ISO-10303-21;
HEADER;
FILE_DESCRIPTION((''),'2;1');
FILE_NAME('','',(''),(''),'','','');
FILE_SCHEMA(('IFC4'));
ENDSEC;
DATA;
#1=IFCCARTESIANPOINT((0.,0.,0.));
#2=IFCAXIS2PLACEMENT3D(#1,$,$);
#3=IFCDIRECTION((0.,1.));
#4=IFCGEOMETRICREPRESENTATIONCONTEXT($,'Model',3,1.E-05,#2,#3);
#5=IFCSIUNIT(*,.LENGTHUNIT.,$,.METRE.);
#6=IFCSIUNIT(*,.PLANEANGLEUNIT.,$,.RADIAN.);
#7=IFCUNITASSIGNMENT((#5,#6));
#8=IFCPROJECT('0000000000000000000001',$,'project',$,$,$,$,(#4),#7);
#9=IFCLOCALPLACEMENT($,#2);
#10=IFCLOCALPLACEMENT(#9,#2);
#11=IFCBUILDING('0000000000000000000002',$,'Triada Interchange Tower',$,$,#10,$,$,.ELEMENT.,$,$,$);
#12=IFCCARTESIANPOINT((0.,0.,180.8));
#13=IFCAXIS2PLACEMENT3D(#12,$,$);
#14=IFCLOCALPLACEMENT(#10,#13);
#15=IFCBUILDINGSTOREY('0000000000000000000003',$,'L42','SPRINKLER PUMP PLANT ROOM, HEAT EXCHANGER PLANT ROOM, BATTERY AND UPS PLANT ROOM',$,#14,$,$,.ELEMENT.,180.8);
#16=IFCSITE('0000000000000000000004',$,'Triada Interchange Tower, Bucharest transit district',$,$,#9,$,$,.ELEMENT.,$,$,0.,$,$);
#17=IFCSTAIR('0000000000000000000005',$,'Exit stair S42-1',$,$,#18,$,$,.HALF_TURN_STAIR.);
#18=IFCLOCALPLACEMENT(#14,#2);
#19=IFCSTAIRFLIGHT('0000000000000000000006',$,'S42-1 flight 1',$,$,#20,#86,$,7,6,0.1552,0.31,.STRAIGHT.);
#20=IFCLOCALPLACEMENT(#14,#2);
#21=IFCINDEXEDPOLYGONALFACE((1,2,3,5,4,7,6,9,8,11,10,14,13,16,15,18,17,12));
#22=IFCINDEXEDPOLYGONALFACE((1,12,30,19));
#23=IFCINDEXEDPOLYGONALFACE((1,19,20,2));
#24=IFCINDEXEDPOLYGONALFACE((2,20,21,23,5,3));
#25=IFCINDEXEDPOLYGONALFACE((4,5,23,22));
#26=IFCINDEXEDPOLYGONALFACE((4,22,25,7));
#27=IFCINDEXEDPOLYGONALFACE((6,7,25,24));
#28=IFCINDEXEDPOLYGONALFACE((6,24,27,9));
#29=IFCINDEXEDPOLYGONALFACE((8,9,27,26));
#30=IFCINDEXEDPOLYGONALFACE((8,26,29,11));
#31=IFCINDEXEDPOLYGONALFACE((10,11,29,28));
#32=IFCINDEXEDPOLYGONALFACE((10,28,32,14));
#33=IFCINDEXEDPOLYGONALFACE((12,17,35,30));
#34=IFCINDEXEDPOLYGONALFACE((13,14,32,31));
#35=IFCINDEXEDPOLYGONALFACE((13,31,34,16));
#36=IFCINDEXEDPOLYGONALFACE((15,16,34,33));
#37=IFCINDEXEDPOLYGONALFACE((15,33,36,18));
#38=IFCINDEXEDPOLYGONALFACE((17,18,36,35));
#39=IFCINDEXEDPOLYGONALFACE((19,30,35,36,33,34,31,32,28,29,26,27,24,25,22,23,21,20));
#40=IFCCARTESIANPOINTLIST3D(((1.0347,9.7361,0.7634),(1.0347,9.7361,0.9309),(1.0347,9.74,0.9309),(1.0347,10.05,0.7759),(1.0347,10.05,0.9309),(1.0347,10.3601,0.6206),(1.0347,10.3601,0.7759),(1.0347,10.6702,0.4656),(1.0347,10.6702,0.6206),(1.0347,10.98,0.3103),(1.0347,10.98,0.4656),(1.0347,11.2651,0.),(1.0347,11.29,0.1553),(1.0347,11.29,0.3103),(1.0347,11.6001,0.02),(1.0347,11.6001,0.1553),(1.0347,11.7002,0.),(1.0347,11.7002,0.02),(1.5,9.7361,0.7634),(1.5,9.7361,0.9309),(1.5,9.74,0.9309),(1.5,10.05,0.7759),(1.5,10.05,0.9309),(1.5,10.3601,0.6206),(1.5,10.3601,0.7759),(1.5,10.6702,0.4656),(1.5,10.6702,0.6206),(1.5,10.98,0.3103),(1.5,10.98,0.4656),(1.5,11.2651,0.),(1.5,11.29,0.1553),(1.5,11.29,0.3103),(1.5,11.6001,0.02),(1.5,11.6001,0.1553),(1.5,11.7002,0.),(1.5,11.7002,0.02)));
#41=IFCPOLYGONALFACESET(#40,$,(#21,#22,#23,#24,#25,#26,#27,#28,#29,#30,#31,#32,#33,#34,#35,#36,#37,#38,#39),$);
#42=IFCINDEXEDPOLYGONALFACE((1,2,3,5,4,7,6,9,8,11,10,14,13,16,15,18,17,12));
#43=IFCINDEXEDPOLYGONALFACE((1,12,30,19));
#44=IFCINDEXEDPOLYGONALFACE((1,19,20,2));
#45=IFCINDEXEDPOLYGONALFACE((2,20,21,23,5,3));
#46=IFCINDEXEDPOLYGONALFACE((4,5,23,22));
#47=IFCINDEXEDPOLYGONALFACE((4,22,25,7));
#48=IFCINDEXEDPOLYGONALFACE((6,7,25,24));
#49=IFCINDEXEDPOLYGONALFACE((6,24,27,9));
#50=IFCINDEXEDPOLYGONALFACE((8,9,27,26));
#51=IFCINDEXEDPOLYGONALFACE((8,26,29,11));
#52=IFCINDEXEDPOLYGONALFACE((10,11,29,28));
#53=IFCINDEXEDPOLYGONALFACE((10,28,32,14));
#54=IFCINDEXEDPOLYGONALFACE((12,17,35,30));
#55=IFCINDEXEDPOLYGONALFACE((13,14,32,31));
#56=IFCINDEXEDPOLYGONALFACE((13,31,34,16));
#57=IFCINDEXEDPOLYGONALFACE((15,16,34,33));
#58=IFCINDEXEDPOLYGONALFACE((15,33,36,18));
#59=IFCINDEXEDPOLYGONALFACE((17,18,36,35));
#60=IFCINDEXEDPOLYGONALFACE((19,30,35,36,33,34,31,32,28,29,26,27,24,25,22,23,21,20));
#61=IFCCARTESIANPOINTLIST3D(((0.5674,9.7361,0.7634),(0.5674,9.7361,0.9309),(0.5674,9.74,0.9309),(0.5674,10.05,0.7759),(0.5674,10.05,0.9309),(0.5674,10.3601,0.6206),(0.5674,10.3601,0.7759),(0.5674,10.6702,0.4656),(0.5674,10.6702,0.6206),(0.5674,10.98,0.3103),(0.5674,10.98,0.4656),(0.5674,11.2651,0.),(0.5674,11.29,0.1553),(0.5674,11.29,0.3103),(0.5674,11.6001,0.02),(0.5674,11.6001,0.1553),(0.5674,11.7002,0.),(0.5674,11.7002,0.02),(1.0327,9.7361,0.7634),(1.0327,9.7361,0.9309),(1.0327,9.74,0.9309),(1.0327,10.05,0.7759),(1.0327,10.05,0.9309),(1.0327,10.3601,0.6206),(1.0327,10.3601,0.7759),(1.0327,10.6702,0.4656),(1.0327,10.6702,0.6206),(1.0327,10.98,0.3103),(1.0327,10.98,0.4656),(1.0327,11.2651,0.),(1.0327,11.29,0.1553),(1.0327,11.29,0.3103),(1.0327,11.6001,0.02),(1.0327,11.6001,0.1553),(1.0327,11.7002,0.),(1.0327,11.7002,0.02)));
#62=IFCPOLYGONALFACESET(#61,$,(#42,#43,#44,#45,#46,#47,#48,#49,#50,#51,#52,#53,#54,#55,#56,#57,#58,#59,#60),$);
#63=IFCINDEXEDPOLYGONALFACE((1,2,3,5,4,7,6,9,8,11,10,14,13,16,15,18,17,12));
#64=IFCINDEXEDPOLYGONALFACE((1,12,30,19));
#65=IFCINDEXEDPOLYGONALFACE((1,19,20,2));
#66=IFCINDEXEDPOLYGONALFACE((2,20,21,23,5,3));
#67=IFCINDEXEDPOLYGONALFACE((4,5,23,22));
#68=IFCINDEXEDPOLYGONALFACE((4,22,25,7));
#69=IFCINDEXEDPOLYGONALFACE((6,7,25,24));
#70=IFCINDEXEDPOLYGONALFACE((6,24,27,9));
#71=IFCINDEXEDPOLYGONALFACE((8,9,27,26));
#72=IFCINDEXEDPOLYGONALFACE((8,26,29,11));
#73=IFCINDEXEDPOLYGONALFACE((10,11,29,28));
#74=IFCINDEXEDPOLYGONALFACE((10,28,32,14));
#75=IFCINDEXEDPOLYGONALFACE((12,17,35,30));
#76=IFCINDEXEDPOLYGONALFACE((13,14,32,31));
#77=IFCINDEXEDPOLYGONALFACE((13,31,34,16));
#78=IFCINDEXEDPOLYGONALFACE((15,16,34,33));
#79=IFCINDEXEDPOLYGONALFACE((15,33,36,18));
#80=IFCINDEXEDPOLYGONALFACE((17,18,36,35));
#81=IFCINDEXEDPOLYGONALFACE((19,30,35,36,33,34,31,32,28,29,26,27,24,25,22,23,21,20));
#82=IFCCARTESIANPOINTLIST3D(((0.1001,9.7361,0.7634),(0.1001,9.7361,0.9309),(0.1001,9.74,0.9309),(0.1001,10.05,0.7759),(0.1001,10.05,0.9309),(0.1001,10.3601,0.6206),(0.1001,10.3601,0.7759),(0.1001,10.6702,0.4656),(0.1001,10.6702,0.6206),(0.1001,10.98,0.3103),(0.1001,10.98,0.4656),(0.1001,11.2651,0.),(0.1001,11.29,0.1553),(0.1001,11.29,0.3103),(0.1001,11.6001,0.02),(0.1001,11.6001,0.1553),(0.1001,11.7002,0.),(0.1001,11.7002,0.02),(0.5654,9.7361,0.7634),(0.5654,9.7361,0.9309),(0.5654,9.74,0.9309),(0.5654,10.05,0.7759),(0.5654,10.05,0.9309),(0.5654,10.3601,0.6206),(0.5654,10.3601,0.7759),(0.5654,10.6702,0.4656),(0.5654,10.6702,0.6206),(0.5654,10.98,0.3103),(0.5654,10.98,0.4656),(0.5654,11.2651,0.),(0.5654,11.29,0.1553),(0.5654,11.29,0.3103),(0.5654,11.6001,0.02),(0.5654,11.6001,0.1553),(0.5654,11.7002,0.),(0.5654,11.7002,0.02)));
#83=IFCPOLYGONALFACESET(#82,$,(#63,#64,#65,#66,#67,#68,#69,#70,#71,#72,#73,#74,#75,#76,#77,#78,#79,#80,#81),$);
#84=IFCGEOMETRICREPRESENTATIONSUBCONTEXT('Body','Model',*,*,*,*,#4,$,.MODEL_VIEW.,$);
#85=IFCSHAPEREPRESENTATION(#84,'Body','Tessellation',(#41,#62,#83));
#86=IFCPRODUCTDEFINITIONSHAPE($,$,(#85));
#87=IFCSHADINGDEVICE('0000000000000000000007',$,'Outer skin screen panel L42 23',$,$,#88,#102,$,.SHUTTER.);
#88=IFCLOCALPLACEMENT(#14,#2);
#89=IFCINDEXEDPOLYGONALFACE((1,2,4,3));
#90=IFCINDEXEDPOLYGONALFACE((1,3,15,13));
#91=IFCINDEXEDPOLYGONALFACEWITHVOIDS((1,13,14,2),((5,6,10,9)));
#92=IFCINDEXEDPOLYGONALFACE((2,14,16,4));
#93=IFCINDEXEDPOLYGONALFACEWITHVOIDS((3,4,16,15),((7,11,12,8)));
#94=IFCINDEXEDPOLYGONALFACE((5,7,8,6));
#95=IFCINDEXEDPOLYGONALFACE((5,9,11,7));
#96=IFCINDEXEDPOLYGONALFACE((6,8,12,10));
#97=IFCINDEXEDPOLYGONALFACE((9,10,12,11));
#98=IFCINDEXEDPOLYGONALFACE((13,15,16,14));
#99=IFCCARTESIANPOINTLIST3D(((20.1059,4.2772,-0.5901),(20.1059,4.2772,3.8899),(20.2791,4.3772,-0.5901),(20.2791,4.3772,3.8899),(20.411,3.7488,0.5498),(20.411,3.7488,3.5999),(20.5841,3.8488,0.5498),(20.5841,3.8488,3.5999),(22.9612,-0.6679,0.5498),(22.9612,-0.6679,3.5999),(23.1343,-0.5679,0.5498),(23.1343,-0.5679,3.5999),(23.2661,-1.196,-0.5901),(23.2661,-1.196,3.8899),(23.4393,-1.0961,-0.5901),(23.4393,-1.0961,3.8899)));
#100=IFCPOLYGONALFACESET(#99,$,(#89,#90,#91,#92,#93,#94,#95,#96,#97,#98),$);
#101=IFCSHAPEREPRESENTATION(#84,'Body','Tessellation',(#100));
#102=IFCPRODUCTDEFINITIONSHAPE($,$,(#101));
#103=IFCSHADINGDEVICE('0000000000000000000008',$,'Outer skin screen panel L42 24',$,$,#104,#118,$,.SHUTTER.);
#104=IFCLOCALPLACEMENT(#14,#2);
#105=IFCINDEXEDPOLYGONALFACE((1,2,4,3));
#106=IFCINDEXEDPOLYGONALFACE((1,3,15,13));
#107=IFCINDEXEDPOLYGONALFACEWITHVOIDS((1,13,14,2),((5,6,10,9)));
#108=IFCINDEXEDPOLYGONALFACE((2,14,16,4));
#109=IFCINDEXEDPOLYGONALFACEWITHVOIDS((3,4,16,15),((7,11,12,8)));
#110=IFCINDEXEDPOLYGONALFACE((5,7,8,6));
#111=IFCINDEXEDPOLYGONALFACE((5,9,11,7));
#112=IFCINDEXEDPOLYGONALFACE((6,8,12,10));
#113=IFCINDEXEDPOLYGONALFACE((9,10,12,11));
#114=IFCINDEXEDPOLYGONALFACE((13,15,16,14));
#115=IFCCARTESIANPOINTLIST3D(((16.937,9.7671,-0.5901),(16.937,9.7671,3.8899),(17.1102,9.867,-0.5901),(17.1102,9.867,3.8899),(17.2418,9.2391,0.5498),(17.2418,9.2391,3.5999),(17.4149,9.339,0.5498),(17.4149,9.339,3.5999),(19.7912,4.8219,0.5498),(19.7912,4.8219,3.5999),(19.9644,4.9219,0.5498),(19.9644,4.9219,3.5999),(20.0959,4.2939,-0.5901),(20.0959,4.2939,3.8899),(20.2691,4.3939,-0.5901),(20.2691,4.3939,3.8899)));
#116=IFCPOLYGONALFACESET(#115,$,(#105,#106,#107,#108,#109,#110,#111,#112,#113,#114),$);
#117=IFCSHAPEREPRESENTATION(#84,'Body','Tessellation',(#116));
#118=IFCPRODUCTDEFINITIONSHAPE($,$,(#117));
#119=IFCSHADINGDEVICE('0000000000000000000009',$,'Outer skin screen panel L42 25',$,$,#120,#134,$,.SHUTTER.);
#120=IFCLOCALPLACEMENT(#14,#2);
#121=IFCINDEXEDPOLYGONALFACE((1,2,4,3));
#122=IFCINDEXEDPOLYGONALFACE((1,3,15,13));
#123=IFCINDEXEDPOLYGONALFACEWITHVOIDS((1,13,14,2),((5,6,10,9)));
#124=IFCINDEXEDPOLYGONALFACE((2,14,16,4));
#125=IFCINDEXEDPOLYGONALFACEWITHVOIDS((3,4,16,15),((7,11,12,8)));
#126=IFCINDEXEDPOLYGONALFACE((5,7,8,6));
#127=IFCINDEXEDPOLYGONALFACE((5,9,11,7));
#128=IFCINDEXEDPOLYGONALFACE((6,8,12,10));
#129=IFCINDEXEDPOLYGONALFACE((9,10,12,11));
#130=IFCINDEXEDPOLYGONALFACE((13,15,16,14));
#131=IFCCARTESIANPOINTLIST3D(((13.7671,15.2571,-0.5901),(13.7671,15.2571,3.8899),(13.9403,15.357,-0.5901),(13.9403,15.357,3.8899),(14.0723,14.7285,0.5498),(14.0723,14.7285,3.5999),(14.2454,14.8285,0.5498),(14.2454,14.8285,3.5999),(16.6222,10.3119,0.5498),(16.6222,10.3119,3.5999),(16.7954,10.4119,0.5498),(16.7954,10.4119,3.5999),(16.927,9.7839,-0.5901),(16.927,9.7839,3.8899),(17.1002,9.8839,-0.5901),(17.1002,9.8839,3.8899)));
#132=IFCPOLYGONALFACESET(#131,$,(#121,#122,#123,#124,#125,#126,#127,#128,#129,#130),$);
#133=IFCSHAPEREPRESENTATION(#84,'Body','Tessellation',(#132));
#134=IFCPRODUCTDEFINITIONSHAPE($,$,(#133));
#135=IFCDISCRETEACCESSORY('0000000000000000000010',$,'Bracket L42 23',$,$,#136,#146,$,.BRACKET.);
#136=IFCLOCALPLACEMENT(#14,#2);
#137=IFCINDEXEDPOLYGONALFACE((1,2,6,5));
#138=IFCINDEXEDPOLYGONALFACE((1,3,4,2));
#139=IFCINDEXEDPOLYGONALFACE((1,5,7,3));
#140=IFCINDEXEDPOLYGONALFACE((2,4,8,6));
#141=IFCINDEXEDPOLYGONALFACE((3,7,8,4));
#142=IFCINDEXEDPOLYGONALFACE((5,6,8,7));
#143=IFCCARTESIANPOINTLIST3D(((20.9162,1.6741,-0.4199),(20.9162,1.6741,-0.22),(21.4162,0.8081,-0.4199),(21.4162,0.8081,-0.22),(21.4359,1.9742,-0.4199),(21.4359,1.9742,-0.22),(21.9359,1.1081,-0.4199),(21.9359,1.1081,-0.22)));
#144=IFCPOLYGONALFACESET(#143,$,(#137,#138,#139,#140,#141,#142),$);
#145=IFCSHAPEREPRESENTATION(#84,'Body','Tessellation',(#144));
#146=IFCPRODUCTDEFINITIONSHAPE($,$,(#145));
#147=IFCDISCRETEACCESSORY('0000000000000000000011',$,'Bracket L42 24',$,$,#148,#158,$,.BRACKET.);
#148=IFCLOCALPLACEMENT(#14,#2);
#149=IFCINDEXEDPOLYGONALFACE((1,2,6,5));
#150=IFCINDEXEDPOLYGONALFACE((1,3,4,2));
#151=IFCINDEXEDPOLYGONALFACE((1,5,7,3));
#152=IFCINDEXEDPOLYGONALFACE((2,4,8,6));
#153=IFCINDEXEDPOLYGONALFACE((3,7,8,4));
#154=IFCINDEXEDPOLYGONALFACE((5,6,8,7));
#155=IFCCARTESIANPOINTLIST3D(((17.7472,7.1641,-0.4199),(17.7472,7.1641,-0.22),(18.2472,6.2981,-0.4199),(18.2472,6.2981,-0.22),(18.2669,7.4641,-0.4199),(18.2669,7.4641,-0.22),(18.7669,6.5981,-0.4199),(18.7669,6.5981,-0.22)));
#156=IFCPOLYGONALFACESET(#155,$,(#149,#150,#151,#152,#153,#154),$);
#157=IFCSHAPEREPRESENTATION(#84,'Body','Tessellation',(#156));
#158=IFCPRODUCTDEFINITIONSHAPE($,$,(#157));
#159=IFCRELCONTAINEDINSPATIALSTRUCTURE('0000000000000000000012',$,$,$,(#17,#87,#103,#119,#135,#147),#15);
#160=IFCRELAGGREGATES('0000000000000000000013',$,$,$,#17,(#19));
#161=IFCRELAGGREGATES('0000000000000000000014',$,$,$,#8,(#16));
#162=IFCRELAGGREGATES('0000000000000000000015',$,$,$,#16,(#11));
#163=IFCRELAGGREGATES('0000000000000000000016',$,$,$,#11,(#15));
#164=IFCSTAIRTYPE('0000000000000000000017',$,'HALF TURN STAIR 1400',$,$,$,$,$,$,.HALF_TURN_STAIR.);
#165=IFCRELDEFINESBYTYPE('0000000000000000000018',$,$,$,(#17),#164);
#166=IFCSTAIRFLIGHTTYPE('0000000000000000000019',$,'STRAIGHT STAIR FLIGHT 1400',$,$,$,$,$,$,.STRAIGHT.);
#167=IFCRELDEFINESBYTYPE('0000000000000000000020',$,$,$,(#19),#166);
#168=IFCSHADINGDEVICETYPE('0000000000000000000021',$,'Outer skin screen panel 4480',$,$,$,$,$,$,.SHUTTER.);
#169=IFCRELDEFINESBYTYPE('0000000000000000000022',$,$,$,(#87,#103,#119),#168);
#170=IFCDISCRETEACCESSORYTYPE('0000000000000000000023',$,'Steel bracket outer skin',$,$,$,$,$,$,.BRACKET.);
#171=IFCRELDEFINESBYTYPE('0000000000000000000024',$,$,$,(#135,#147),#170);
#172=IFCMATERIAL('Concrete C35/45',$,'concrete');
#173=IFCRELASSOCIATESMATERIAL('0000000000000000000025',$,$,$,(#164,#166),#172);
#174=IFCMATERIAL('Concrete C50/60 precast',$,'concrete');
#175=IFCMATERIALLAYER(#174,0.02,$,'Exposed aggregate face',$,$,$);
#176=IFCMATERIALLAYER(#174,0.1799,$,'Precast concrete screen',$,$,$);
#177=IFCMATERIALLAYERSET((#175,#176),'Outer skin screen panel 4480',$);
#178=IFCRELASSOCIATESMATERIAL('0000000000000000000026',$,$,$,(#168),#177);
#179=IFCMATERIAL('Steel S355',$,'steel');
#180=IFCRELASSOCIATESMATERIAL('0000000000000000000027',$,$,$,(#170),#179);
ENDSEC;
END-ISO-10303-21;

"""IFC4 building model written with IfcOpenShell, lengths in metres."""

from ifc_helpers import new_model, si_unit, direction, frame, origin, origin_2d, place, context, subcontext, project, spatial, polyline, rectangle, outline, extrude, material, layer, layer_set, type_object, element, aggregate, save


model = new_model("IFC4")

# Units and contexts
model_context = context("Model", 3, precision=1e-05, world=origin(), true_north=direction((0.0, 1.0)))
body_context = subcontext(model_context, "Body", "Model", "MODEL_VIEW")
ifc_project = project(units=[si_unit("LENGTHUNIT", "METRE"), si_unit("PLANEANGLEUNIT", "RADIAN")], contexts=[model_context])

# Site, building, storey
site_placement = place(None, origin())
site = spatial("IfcSite", under=ifc_project, at=site_placement, Name="Triada Interchange Tower, Bucharest transit district", CompositionType="ELEMENT", RefElevation=0.0)
building_placement = place(site_placement, origin())
building = spatial("IfcBuilding", under=site, at=building_placement, Name="Triada Interchange Tower", CompositionType="ELEMENT")
storey_placement = place(building_placement, frame((0.0, 0.0, 180.8)))
storey = spatial("IfcBuildingStorey", under=building, at=storey_placement, Name="L42", Description="SPRINKLER PUMP PLANT ROOM, HEAT EXCHANGER PLANT ROOM, BATTERY AND UPS PLANT ROOM", CompositionType="ELEMENT", Elevation=180.8)

# Shared definitions
ifc_material_1 = material(Name="Steel S355", Category="steel")

# Stair, stair flight
ifc_material_2 = material(Name="Concrete C35/45", Category="concrete")
stair_type = type_object("IfcStairType", Name="HALF TURN STAIR 1400", PredefinedType="HALF_TURN_STAIR", material=ifc_material_2)
stair_placement = place(storey_placement, origin())
stair = element("IfcStair", 1, at=stair_placement, inside=storey, type_object=stair_type, Name="Exit stair S42-1", PredefinedType="HALF_TURN_STAIR")
stair_flight_type = type_object("IfcStairFlightType", Name="STRAIGHT STAIR FLIGHT 1400", PredefinedType="STRAIGHT", material=ifc_material_2)
stair_flight_placement = place(storey_placement, frame((0.8, 11.6001, 0.0), z_axis=(0.0, 0.0, 1.0), x_axis=(0.0, -1.0, 0.0)))
stair_flight = element("IfcStairFlight", 2, at=stair_flight_placement, type_object=stair_flight_type, Name="S42-1 flight 1", NumberOfRisers=7, NumberOfTreads=6, PredefinedType="STRAIGHT", RiserHeight=0.1552, TreadLength=0.31, context=body_context, shape_type="SweptSolid", body=[
    extrude(outline(polyline([(-0.1001, 0.0), (-0.1001, 0.02), (0.0, 0.02), (0.0, 0.1553), (0.3101, 0.1553), (0.3101, 0.3103), (0.6201, 0.3103), (0.6201, 0.4656), (0.9299, 0.4656), (0.9299, 0.6206), (1.24, 0.6206), (1.24, 0.7759), (1.55, 0.7759), (1.55, 0.9309), (1.8601, 0.9309), (1.864, 0.9309), (1.864, 1.0862), (1.864, 0.7634), (0.335, 0.0), (-0.1001, 0.0)])), frame((0.0, 0.7, 0.0), z_axis=(0.0, -1.0, 0.0), x_axis=(1.0, 0.0, 0.0)), (0.0, 0.0, 1.0), 0.4653),
    extrude(outline(polyline([(-0.1001, 0.0), (-0.1001, 0.02), (0.0, 0.02), (0.0, 0.1553), (0.3101, 0.1553), (0.3101, 0.3103), (0.6201, 0.3103), (0.6201, 0.4656), (0.9299, 0.4656), (0.9299, 0.6206), (1.24, 0.6206), (1.24, 0.7759), (1.55, 0.7759), (1.55, 0.9309), (1.8601, 0.9309), (1.864, 0.9309), (1.864, 1.0862), (1.864, 0.7634), (0.335, 0.0), (-0.1001, 0.0)])), frame((0.0, 0.2327, 0.0), z_axis=(0.0, -1.0, 0.0), x_axis=(1.0, 0.0, 0.0)), (0.0, 0.0, 1.0), 0.4653),
    extrude(outline(polyline([(-0.1001, 0.0), (-0.1001, 0.02), (0.0, 0.02), (0.0, 0.1553), (0.3101, 0.1553), (0.3101, 0.3103), (0.6201, 0.3103), (0.6201, 0.4656), (0.9299, 0.4656), (0.9299, 0.6206), (1.24, 0.6206), (1.24, 0.7759), (1.55, 0.7759), (1.55, 0.9309), (1.8601, 0.9309), (1.864, 0.9309), (1.864, 1.0862), (1.864, 0.7634), (0.335, 0.0), (-0.1001, 0.0)])), frame((0.0, -0.2346, 0.0), z_axis=(0.0, -1.0, 0.0), x_axis=(1.0, 0.0, 0.0)), (0.0, 0.0, 1.0), 0.4653),
])
aggregate(stair, [stair_flight])

# Shading devices
ifc_material_3 = material(Name="Concrete C50/60 precast", Category="concrete")
ifc_layer_1 = layer(ifc_material_3, 0.02, Name="Exposed aggregate face")
ifc_layer_2 = layer(ifc_material_3, 0.1799, Name="Precast concrete screen")
ifc_layer_set_1 = layer_set([ifc_layer_1, ifc_layer_2], Name="Outer skin screen panel 4480")
shading_device_type = type_object("IfcShadingDeviceType", Name="Outer skin screen panel 4480", PredefinedType="SHUTTER", material=ifc_layer_set_1)
shading_device_1_placement = place(storey_placement, frame((23.2661, -1.196, -0.5901), z_axis=(0.0, 0.0, 1.0), x_axis=(-0.500028, 0.866009, 0.0)))
element("IfcShadingDevice", 3, at=shading_device_1_placement, inside=storey, type_object=shading_device_type, Name="Outer skin screen panel L42 23", PredefinedType="SHUTTER", context=body_context, shape_type="SweptSolid", body=[
    extrude(outline(polyline([(0.0, 0.0), (6.3201, 0.0), (6.3201, 4.48), (0.0, 4.48), (0.0, 0.0)]), holes=[polyline([(0.6099, 1.1399), (0.6099, 4.1899), (5.71, 4.1899), (5.71, 1.1399), (0.6099, 1.1399)])]), frame((0.0, 0.0, 0.0), z_axis=(0.0, -1.0, 0.0), x_axis=(1.0, 0.0, 0.0)), (0.0, 0.0, 1.0), 0.2),
])
shading_device_2_placement = place(storey_placement, frame((20.0959, 4.2939, -0.5901), z_axis=(0.0, 0.0, 1.0), x_axis=(-0.499883, 0.866093, 0.0)))
element("IfcShadingDevice", 4, at=shading_device_2_placement, inside=storey, type_object=shading_device_type, Name="Outer skin screen panel L42 24", PredefinedType="SHUTTER", context=body_context, shape_type="SweptSolid", body=[
    extrude(outline(polyline([(0.0, 0.0), (6.3193, 0.0), (6.3193, 4.48), (0.0, 4.48), (0.0, 0.0)]), holes=[polyline([(0.6096, 1.1399), (0.6096, 4.1899), (5.7097, 4.1899), (5.7097, 1.1399), (0.6096, 1.1399)])]), frame((0.0, 0.0, 0.0), z_axis=(0.0, -1.0, 0.0), x_axis=(1.0, 0.0, 0.0)), (0.0, 0.0, 1.0), 0.2),
])
shading_device_3_placement = place(storey_placement, frame((16.927, 9.7839, -0.5901), z_axis=(0.0, 0.0, 1.0), x_axis=(-0.499999, 0.866026, 0.0)))
element("IfcShadingDevice", 5, at=shading_device_3_placement, inside=storey, type_object=shading_device_type, Name="Outer skin screen panel L42 25", PredefinedType="SHUTTER", context=body_context, shape_type="SweptSolid", body=[
    extrude(outline(polyline([(0.0, 0.0), (6.3198, 0.0), (6.3198, 4.48), (0.0, 4.48), (0.0, 0.0)]), holes=[polyline([(0.6096, 1.1399), (0.6096, 4.1899), (5.7095, 4.1899), (5.7095, 1.1399), (0.6096, 1.1399)])]), frame((0.0, 0.0, 0.0), z_axis=(0.0, -1.0, 0.0), x_axis=(1.0, 0.0, 0.0)), (0.0, 0.0, 1.0), 0.2),
])

# Discrete accessories
discrete_accessory_type = type_object("IfcDiscreteAccessoryType", Name="Steel bracket outer skin", PredefinedType="BRACKET", material=ifc_material_1)
for number, where, z_axis, x_axis, name in (
    (6, (21.426, 1.3911, -0.4199), (0.0, 0.0, 1.0), (0.866021, 0.500007, 0.0), "Bracket L42 23"),
    (7, (18.2571, 6.8811, -0.4199), (0.0, 0.0, 1.0), (0.866021, 0.500007, 0.0), "Bracket L42 24"),
):
    element("IfcDiscreteAccessory", number, at=place(storey_placement, frame(where, z_axis=z_axis, x_axis=x_axis)), inside=storey, type_object=discrete_accessory_type, Name=name, PredefinedType="BRACKET", context=body_context, shape_type="SweptSolid", body=[
        extrude(rectangle(XDim=0.6001, YDim=1.0, at=origin_2d()), origin(), (0.0, 0.0, 1.0), 0.2),
    ])

save(model, "model.ifc")
